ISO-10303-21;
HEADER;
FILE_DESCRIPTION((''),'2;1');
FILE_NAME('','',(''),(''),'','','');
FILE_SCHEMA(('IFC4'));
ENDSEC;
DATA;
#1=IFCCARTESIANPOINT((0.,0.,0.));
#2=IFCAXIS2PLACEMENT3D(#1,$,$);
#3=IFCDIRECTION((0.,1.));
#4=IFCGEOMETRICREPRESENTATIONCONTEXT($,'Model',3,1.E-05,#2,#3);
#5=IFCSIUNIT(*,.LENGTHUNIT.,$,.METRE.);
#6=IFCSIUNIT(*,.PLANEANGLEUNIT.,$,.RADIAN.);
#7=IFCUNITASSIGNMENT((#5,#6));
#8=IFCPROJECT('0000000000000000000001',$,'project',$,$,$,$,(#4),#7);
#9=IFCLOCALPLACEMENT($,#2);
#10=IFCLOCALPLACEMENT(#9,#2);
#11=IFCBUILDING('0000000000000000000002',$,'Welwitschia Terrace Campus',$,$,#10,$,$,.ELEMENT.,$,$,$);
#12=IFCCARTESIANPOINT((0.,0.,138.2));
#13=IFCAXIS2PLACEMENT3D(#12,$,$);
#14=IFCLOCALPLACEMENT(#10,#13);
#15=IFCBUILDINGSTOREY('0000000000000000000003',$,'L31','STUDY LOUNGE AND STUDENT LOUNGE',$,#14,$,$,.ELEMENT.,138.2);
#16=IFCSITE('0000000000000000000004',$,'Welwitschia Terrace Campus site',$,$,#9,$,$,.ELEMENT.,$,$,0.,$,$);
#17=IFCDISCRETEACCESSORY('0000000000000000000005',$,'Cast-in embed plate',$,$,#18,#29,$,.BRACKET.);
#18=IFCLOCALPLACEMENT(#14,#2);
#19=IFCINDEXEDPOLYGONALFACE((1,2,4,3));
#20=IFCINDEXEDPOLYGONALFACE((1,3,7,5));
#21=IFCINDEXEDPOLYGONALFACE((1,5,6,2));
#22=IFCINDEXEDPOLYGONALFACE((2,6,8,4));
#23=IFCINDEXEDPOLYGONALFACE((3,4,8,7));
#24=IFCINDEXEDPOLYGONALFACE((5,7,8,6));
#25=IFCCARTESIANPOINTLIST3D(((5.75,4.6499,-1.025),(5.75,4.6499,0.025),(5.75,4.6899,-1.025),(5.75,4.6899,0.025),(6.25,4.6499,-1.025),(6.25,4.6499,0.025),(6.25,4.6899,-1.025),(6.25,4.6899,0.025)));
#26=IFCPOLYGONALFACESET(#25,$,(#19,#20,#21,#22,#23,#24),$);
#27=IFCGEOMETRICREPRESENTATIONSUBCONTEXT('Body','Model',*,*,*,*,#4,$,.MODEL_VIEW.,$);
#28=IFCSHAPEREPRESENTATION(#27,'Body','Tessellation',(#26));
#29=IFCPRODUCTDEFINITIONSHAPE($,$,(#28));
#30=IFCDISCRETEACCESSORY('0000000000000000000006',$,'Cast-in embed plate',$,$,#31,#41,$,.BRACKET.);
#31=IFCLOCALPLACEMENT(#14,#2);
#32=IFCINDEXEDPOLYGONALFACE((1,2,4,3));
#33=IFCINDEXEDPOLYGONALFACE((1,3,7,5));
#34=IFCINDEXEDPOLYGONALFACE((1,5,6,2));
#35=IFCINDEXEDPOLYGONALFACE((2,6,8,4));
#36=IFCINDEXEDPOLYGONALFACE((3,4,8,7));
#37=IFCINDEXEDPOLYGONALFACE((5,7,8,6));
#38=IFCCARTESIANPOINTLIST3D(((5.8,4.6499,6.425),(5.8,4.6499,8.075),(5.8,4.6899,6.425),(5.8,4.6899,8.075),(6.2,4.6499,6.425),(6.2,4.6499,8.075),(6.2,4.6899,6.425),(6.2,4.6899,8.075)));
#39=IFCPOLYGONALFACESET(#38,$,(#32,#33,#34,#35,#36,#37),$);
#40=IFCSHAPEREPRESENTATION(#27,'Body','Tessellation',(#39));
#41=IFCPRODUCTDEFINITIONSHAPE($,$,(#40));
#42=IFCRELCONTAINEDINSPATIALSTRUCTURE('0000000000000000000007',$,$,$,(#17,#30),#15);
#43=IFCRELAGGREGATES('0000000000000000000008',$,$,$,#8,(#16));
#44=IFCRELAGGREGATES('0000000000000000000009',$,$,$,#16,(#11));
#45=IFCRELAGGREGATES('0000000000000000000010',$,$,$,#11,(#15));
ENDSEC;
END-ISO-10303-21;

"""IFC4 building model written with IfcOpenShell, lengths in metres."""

from ifc_helpers import new_model, si_unit, direction, frame, origin, origin_2d, place, context, subcontext, project, spatial, rectangle, extrude, element, save


model = new_model("IFC4")

# Units and contexts
model_context = context("Model", 3, precision=1e-05, world=origin(), true_north=direction((0.0, 1.0)))
body_context = subcontext(model_context, "Body", "Model", "MODEL_VIEW")
ifc_project = project(units=[si_unit("LENGTHUNIT", "METRE"), si_unit("PLANEANGLEUNIT", "RADIAN")], contexts=[model_context])

# Site, building, storey
site_placement = place(None, origin())
site = spatial("IfcSite", under=ifc_project, at=site_placement, Name="Welwitschia Terrace Campus site", CompositionType="ELEMENT", RefElevation=0.0)
building_placement = place(site_placement, origin())
building = spatial("IfcBuilding", under=site, at=building_placement, Name="Welwitschia Terrace Campus", CompositionType="ELEMENT")
storey_placement = place(building_placement, frame((0.0, 0.0, 138.2)))
storey = spatial("IfcBuildingStorey", under=building, at=storey_placement, Name="L31", Description="STUDY LOUNGE AND STUDENT LOUNGE", CompositionType="ELEMENT", Elevation=138.2)

# Discrete accessories
discrete_accessory_1_placement = place(storey_placement, frame((6.0, 4.6499, -0.5), z_axis=(0.0, 1.0, 0.0), x_axis=(-1.0, 0.0, 0.0)))
element("IfcDiscreteAccessory", 1, at=discrete_accessory_1_placement, inside=storey, Name="Cast-in embed plate", PredefinedType="BRACKET", context=body_context, shape_type="SweptSolid", body=[
    extrude(rectangle(XDim=0.5, YDim=1.05, at=origin_2d()), origin(), (0.0, 0.0, 1.0), 0.04),
])
discrete_accessory_2_placement = place(storey_placement, frame((6.0, 4.6499, 7.25), z_axis=(0.0, 1.0, 0.0), x_axis=(-1.0, 0.0, 0.0)))
element("IfcDiscreteAccessory", 2, at=discrete_accessory_2_placement, inside=storey, Name="Cast-in embed plate", PredefinedType="BRACKET", context=body_context, shape_type="SweptSolid", body=[
    extrude(rectangle(XDim=0.3999, YDim=1.6499, at=origin_2d()), origin(), (0.0, 0.0, 1.0), 0.04),
])

save(model, "model.ifc")
